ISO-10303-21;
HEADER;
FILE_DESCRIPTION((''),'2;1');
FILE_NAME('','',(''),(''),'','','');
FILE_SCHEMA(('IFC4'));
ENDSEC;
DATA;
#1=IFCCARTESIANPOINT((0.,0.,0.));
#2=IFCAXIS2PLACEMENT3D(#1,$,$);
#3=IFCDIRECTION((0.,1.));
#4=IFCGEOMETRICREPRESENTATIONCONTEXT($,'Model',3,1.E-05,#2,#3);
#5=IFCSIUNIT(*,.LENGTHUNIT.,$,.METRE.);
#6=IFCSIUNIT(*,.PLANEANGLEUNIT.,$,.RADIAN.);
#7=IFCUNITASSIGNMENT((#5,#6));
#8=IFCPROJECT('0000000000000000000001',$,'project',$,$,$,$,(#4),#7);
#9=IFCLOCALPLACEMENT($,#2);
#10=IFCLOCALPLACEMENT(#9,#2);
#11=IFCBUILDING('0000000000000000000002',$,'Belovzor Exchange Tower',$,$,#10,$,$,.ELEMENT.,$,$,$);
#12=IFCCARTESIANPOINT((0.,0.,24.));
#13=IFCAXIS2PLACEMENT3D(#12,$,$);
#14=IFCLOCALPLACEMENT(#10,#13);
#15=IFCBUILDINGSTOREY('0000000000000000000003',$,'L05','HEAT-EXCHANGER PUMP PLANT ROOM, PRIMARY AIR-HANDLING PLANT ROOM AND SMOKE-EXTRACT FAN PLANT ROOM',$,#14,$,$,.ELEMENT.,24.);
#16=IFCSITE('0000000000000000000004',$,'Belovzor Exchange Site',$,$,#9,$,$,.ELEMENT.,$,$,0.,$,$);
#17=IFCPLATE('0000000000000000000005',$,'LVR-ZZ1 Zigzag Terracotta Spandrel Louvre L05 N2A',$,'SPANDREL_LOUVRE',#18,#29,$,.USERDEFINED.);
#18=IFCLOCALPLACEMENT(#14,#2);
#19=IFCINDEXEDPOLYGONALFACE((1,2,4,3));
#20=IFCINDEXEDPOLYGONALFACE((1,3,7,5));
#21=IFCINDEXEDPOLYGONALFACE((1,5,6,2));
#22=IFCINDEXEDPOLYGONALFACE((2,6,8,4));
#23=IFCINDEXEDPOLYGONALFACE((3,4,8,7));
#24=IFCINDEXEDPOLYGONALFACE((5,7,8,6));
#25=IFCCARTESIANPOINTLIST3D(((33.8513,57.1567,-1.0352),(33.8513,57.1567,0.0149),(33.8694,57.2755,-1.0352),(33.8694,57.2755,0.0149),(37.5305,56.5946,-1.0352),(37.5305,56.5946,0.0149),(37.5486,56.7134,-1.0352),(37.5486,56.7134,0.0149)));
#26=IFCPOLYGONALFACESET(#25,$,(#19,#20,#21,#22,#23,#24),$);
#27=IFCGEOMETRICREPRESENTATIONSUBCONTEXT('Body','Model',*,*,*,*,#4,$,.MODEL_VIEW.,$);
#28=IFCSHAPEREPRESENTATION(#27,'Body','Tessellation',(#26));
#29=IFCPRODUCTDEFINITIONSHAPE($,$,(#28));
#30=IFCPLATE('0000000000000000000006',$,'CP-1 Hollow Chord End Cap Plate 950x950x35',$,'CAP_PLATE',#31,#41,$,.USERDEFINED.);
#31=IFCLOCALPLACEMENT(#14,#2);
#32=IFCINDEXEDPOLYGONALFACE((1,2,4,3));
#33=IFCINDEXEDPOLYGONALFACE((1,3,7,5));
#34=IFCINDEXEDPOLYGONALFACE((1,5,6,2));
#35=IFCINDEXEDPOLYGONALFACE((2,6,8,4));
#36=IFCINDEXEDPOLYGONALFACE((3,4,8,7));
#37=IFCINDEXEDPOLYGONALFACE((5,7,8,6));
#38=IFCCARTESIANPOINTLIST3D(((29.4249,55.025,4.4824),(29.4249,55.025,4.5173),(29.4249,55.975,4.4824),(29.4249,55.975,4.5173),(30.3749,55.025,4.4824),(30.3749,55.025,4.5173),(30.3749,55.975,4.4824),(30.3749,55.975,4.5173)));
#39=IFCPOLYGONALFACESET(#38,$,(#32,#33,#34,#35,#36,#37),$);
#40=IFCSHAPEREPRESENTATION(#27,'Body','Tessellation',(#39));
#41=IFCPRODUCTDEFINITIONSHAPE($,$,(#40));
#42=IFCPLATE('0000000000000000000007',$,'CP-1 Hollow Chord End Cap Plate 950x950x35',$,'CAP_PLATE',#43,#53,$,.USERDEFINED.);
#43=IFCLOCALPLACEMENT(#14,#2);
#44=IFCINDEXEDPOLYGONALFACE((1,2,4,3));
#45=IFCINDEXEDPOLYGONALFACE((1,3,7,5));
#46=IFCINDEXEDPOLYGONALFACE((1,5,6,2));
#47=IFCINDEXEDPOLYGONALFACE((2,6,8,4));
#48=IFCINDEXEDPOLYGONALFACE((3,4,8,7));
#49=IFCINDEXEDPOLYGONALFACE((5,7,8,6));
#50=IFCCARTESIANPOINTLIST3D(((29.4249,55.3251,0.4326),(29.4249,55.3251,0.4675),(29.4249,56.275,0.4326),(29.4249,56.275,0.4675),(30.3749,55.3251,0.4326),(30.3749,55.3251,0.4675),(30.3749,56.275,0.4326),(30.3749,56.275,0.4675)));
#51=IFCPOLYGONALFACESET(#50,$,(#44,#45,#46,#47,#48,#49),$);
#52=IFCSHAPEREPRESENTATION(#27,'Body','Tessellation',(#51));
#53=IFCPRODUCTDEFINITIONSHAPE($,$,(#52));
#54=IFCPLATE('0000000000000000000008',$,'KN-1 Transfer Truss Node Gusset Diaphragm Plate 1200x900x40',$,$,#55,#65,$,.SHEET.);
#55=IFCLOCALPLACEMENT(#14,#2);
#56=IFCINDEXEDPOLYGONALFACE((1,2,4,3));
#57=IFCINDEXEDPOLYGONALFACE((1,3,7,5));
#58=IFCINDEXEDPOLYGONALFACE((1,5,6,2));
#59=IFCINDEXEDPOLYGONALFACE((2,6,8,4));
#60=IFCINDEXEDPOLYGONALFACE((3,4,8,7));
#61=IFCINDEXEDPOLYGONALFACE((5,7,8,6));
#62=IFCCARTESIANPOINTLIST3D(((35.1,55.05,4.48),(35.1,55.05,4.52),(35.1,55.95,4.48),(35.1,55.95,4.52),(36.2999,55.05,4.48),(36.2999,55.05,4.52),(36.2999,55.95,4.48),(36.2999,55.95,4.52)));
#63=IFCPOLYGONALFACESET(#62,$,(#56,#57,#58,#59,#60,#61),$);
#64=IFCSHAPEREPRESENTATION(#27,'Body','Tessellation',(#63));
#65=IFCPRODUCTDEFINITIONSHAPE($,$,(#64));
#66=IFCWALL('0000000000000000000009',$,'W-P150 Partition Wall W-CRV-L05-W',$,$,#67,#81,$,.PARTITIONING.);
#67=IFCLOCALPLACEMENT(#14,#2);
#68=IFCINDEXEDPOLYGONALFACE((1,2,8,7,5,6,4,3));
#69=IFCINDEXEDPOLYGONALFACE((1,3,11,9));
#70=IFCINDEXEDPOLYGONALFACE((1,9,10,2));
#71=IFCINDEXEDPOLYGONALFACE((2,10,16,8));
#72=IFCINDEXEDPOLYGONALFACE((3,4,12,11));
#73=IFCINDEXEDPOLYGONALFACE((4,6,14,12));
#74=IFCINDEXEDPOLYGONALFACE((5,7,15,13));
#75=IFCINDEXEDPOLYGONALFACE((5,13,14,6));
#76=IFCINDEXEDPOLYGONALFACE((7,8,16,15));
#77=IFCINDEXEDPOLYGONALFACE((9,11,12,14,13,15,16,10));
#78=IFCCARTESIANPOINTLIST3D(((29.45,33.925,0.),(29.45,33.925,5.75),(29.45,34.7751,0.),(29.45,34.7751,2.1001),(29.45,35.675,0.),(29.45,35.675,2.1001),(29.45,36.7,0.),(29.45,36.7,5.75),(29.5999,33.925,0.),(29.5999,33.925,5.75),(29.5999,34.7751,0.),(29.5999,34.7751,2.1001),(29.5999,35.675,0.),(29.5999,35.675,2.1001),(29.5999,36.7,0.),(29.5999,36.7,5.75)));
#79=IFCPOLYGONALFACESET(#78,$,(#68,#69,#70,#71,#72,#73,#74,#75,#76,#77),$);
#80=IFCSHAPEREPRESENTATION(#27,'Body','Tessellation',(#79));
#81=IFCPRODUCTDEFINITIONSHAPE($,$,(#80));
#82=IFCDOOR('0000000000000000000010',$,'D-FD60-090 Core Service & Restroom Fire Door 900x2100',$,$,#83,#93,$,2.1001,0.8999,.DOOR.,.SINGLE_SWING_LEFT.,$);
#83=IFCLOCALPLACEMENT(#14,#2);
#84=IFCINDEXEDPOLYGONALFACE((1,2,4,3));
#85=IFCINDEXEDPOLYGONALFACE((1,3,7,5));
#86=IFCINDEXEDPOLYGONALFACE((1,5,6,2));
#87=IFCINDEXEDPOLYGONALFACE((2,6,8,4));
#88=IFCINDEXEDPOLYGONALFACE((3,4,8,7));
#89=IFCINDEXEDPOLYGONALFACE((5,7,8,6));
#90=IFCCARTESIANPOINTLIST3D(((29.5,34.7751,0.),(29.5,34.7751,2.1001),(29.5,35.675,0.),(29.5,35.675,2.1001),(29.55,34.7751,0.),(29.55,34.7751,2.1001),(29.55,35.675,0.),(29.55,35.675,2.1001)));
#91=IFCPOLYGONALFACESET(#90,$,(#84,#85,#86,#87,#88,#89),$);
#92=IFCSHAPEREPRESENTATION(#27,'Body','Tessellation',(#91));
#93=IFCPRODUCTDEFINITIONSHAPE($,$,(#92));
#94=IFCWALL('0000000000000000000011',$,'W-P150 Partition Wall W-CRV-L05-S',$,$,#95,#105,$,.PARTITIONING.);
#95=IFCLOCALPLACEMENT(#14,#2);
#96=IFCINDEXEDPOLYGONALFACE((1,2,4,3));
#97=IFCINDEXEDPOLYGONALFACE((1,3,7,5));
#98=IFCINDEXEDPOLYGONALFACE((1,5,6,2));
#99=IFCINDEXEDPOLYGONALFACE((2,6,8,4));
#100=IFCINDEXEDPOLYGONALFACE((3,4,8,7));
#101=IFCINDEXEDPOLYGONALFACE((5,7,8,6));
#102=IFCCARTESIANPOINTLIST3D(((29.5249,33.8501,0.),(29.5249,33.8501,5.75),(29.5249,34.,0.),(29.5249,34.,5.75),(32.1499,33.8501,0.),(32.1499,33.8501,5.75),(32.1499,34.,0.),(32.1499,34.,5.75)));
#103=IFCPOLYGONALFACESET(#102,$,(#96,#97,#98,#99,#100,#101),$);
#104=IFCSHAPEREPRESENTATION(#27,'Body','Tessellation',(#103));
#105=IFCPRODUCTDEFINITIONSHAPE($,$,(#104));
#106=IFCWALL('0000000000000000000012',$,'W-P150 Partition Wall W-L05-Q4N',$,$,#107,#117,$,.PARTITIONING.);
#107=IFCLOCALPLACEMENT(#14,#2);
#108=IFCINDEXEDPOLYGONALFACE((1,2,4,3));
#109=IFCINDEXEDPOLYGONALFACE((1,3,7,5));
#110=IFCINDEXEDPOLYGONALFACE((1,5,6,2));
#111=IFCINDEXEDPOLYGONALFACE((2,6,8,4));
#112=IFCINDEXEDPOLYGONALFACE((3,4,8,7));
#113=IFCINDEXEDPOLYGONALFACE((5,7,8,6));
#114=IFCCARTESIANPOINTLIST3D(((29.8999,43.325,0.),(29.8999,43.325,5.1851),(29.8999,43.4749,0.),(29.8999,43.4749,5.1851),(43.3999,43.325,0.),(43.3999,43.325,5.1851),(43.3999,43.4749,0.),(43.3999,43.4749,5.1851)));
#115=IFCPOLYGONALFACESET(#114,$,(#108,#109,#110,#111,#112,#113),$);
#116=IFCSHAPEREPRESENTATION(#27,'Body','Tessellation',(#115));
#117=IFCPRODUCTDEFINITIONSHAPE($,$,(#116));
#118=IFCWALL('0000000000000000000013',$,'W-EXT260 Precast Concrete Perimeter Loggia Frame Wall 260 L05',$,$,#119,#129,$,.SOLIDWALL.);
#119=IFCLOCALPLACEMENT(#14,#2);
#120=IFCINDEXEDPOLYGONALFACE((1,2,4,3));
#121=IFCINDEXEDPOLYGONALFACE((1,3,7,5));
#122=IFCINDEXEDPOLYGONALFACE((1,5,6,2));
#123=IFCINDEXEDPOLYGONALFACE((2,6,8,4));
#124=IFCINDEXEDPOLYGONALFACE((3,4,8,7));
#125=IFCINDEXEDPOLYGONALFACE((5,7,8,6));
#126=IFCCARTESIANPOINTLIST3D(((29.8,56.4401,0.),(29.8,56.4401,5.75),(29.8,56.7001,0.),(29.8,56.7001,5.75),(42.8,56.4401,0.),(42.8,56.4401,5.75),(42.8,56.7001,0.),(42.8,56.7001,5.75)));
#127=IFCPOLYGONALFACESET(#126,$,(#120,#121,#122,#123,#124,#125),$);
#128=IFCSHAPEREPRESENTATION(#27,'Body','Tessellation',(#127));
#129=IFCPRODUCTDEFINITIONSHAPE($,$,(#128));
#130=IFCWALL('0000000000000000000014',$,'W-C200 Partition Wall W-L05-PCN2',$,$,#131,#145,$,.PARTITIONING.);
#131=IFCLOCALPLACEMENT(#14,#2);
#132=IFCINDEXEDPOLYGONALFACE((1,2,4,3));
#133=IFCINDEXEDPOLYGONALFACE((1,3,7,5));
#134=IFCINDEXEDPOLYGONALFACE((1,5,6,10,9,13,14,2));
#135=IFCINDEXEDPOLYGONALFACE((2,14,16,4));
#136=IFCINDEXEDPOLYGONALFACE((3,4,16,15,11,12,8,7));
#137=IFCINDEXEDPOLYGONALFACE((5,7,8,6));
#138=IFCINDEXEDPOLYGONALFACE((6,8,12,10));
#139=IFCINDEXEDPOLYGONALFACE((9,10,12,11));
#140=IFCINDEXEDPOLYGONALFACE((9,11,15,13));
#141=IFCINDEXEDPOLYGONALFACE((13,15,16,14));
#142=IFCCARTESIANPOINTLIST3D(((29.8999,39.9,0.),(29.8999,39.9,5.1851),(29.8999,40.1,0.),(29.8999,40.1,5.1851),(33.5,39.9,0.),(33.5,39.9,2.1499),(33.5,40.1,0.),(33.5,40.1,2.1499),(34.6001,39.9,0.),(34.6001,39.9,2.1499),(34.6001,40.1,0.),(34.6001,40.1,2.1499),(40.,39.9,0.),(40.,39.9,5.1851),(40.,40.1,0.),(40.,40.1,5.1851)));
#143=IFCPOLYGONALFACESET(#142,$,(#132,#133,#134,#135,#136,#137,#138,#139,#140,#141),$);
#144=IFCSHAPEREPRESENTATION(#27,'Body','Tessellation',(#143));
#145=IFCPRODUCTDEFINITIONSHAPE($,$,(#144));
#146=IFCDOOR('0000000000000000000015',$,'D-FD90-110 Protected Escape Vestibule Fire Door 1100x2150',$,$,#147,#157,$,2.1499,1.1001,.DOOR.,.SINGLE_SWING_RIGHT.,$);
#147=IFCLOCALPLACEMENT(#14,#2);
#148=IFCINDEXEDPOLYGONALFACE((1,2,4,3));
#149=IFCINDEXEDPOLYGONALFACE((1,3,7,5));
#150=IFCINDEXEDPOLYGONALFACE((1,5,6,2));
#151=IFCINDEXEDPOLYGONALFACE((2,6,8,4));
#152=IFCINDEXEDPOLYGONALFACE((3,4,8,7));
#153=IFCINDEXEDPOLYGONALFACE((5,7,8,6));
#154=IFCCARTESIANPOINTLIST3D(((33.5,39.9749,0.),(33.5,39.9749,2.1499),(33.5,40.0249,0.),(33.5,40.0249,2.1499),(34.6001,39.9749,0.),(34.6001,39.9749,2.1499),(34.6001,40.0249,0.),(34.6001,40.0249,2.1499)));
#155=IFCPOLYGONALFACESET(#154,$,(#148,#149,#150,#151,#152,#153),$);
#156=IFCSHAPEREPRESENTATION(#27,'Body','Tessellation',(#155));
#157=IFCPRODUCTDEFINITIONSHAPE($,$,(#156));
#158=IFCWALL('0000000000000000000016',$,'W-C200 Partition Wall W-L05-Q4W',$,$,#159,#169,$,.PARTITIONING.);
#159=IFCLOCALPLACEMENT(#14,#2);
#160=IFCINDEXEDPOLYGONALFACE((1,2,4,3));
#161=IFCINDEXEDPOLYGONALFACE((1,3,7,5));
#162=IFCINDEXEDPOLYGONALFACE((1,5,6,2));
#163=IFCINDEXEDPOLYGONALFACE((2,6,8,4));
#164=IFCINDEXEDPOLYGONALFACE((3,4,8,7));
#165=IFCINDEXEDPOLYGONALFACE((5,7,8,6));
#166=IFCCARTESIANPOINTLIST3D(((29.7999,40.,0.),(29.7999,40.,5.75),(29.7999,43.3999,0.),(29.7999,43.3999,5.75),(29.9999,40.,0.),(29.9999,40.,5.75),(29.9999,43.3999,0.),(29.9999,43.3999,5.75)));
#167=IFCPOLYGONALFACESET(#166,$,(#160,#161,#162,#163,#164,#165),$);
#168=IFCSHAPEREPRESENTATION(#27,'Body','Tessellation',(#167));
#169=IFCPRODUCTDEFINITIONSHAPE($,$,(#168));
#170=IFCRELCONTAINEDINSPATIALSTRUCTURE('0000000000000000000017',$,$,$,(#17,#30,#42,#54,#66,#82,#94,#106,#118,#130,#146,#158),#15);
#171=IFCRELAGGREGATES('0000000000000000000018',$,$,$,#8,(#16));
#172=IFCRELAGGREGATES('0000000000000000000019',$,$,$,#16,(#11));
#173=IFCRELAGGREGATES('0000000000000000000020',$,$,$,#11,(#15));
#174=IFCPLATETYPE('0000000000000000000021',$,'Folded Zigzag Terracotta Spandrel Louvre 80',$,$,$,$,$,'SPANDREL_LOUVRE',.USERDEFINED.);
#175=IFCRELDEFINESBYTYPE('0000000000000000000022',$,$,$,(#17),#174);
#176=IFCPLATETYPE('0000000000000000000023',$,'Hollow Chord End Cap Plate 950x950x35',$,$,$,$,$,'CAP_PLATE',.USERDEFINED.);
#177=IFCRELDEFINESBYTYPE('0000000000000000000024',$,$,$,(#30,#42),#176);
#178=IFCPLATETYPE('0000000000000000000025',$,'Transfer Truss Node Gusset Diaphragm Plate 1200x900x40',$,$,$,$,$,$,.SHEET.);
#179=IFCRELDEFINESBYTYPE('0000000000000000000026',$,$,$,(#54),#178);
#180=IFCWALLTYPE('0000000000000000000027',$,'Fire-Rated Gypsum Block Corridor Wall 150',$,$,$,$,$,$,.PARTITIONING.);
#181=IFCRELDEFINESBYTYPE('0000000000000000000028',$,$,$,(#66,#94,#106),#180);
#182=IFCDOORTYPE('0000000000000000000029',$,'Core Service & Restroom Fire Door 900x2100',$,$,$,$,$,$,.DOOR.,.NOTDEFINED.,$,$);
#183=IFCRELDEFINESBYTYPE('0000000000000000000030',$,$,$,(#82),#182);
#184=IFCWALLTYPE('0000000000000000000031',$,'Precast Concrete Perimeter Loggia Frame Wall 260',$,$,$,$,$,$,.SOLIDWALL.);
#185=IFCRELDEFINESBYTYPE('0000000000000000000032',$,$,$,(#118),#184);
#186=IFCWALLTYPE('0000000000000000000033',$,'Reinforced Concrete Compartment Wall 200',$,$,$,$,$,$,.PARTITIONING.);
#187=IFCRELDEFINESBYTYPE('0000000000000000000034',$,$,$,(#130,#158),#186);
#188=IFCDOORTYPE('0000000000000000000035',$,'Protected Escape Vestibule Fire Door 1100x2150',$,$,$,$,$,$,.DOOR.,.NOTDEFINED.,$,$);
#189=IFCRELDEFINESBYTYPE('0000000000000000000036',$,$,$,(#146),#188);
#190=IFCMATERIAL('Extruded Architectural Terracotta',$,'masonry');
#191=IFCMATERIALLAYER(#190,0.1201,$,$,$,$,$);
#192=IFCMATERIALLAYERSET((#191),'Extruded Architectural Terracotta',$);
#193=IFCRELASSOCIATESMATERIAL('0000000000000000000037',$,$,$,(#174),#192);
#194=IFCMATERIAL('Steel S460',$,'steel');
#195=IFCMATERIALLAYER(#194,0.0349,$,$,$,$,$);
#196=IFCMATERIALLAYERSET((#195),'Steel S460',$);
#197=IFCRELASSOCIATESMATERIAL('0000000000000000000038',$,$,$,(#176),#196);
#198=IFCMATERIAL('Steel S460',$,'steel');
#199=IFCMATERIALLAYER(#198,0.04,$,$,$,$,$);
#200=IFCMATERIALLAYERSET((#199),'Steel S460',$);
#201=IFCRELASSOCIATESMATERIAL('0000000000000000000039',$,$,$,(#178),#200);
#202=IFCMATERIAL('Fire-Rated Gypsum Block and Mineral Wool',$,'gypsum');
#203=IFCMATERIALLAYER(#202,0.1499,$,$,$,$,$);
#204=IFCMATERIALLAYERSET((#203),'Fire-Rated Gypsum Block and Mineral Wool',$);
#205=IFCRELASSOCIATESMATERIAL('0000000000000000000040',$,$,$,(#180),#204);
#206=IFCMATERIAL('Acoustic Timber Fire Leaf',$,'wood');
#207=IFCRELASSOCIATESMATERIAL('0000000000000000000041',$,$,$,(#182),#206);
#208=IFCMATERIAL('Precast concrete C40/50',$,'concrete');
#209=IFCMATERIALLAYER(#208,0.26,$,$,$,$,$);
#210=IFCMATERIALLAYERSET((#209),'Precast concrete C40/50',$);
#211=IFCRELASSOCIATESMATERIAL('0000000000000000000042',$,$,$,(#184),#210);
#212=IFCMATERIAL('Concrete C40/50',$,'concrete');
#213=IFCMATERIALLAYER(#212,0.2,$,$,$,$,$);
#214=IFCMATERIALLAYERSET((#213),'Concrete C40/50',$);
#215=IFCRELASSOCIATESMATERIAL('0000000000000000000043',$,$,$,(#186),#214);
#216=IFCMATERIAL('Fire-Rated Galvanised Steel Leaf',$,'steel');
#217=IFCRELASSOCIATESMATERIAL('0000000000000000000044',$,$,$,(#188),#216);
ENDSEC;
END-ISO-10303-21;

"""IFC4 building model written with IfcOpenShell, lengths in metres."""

from ifc_helpers import new_model, si_unit, direction, frame, frame_2d, origin, origin_2d, place, context, subcontext, project, spatial, rectangle, extrude, material, layer, layer_set, type_object, element, fill, save


model = new_model("IFC4")

# Units and contexts
model_context = context("Model", 3, precision=1e-05, world=origin(), true_north=direction((0.0, 1.0)))
body_context = subcontext(model_context, "Body", "Model", "MODEL_VIEW")
ifc_project = project(units=[si_unit("LENGTHUNIT", "METRE"), si_unit("PLANEANGLEUNIT", "RADIAN")], contexts=[model_context])

# Site, building, storey
site_placement = place(None, origin())
site = spatial("IfcSite", under=ifc_project, at=site_placement, Name="Belovzor Exchange Site", CompositionType="ELEMENT", RefElevation=0.0)
building_placement = place(site_placement, origin())
building = spatial("IfcBuilding", under=site, at=building_placement, Name="Belovzor Exchange Tower", CompositionType="ELEMENT")
storey_placement = place(building_placement, frame((0.0, 0.0, 24.0)))
storey = spatial("IfcBuildingStorey", under=building, at=storey_placement, Name="L05", Description="HEAT-EXCHANGER PUMP PLANT ROOM, PRIMARY AIR-HANDLING PLANT ROOM AND SMOKE-EXTRACT FAN PLANT ROOM", CompositionType="ELEMENT", Elevation=24.0)

# Plates
ifc_material_1 = material(Name="Extruded Architectural Terracotta", Category="masonry")
ifc_layer_1 = layer(ifc_material_1, 0.1201)
ifc_layer_set_1 = layer_set([ifc_layer_1], Name="Extruded Architectural Terracotta")
plate_type_1 = type_object("IfcPlateType", Name="Folded Zigzag Terracotta Spandrel Louvre 80", ElementType="SPANDREL_LOUVRE", PredefinedType="USERDEFINED", material=ifc_layer_set_1)
plate_1_placement = place(storey_placement, frame((35.7, 56.9351, -1.0352), z_axis=(0.0, 0.0, 1.0), x_axis=(0.988531, -0.151019, 0.0)))
element("IfcPlate", 1, at=plate_1_placement, inside=storey, type_object=plate_type_1, Name="LVR-ZZ1 Zigzag Terracotta Spandrel Louvre L05 N2A", ObjectType="SPANDREL_LOUVRE", PredefinedType="USERDEFINED", context=body_context, shape_type="SweptSolid", body=[
    extrude(rectangle(XDim=3.7219, YDim=0.1201, at=origin_2d()), origin(), (0.0, 0.0, 1.0), 1.05),
])
ifc_material_2 = material(Name="Steel S460", Category="steel")
ifc_layer_2 = layer(ifc_material_2, 0.0349)
ifc_layer_set_2 = layer_set([ifc_layer_2], Name="Steel S460")
plate_type_2 = type_object("IfcPlateType", Name="Hollow Chord End Cap Plate 950x950x35", ElementType="CAP_PLATE", PredefinedType="USERDEFINED", material=ifc_layer_set_2)
for number, where, z_axis, x_axis, name in (
    (2, (29.8999, 55.5, 4.4824), (0.0, 0.0, 1.0), (1.0, 0.0, 0.0), "CP-1 Hollow Chord End Cap Plate 950x950x35"),
    (3, (29.8999, 55.8, 0.4326), (0.0, 0.0, 1.0), (1.0, 0.0, 0.0), "CP-1 Hollow Chord End Cap Plate 950x950x35"),
):
    element("IfcPlate", number, at=place(storey_placement, frame(where, z_axis=z_axis, x_axis=x_axis)), inside=storey, type_object=plate_type_2, Name=name, ObjectType="CAP_PLATE", PredefinedType="USERDEFINED", context=body_context, shape_type="SweptSolid", body=[
        extrude(rectangle(XDim=0.95, YDim=0.95, at=origin_2d()), origin(), (0.0, 0.0, 1.0), 0.0349),
    ])
ifc_material_3 = material(Name="Steel S460", Category="steel")
ifc_layer_3 = layer(ifc_material_3, 0.04)
ifc_layer_set_3 = layer_set([ifc_layer_3], Name="Steel S460")
plate_type_3 = type_object("IfcPlateType", Name="Transfer Truss Node Gusset Diaphragm Plate 1200x900x40", PredefinedType="SHEET", material=ifc_layer_set_3)
plate_2_placement = place(storey_placement, frame((35.7, 55.5, 4.48), z_axis=(0.0, 0.0, 1.0), x_axis=(1.0, 0.0, 0.0)))
element("IfcPlate", 4, at=plate_2_placement, inside=storey, type_object=plate_type_3, Name="KN-1 Transfer Truss Node Gusset Diaphragm Plate 1200x900x40", PredefinedType="SHEET", context=body_context, shape_type="SweptSolid", body=[
    extrude(rectangle(XDim=1.2, YDim=0.8999, at=origin_2d()), origin(), (0.0, 0.0, 1.0), 0.04),
])

# Wall, opening, door
ifc_material_4 = material(Name="Fire-Rated Gypsum Block and Mineral Wool", Category="gypsum")
ifc_layer_4 = layer(ifc_material_4, 0.1499)
ifc_layer_set_4 = layer_set([ifc_layer_4], Name="Fire-Rated Gypsum Block and Mineral Wool")
wall_type_1 = type_object("IfcWallType", Name="Fire-Rated Gypsum Block Corridor Wall 150", PredefinedType="PARTITIONING", material=ifc_layer_set_4)
wall_1_placement = place(storey_placement, frame((29.5249, 33.925, 0.0), z_axis=(0.0, 0.0, 1.0), x_axis=(0.0, 1.0, 0.0)))
wall_1 = element("IfcWall", 5, at=wall_1_placement, inside=storey, type_object=wall_type_1, Name="W-P150 Partition Wall W-CRV-L05-W", PredefinedType="PARTITIONING", context=body_context, shape_type="SweptSolid", body=[
    extrude(rectangle(XDim=2.7749, YDim=0.1499, at=frame_2d((1.3875, 0.0))), origin(), (0.0, 0.0, 1.0), 5.75),
])
opening_1_placement = place(wall_1_placement, frame((0.8501, 0.0, 0.0)))
opening_1 = element("IfcOpeningElement", 6, at=opening_1_placement, cuts=wall_1, PredefinedType="OPENING", context=body_context, shape_type="SweptSolid", body=[
    extrude(rectangle(XDim=0.8999, YDim=2.1001, at=frame_2d((0.45, 1.05))), frame((0.0, 0.085, 0.0), z_axis=(0.0, -1.0, 0.0), x_axis=(1.0, 0.0, 0.0)), (0.0, 0.0, 1.0), 0.1699),
])
ifc_material_5 = material(Name="Acoustic Timber Fire Leaf", Category="wood")
door_type_1 = type_object("IfcDoorType", Name="Core Service & Restroom Fire Door 900x2100", OperationType="NOTDEFINED", PredefinedType="DOOR", material=ifc_material_5)
door_1_placement = place(opening_1_placement, origin())
door_1 = element("IfcDoor", 7, at=door_1_placement, inside=storey, type_object=door_type_1, Name="D-FD60-090 Core Service & Restroom Fire Door 900x2100", OperationType="SINGLE_SWING_LEFT", OverallHeight=2.1001, OverallWidth=0.8999, PredefinedType="DOOR", context=body_context, shape_type="SweptSolid", body=[
    extrude(rectangle(XDim=0.8999, YDim=2.1001, at=frame_2d((0.45, 1.05))), frame((0.0, 0.0249, 0.0), z_axis=(0.0, -1.0, 0.0), x_axis=(1.0, 0.0, 0.0)), (0.0, 0.0, 1.0), 0.05),
])
fill(opening_1, door_1)

# Walls
wall_2_placement = place(storey_placement, frame((29.5249, 33.925, 0.0), z_axis=(0.0, 0.0, 1.0), x_axis=(1.0, 0.0, 0.0)))
element("IfcWall", 8, at=wall_2_placement, inside=storey, type_object=wall_type_1, Name="W-P150 Partition Wall W-CRV-L05-S", PredefinedType="PARTITIONING", context=body_context, shape_type="SweptSolid", body=[
    extrude(rectangle(XDim=2.625, YDim=0.1499, at=frame_2d((1.3125, 0.0))), origin(), (0.0, 0.0, 1.0), 5.75),
])
wall_3_placement = place(storey_placement, frame((29.8999, 43.3999, 0.0), z_axis=(0.0, 0.0, 1.0), x_axis=(1.0, 0.0, 0.0)))
element("IfcWall", 9, at=wall_3_placement, inside=storey, type_object=wall_type_1, Name="W-P150 Partition Wall W-L05-Q4N", PredefinedType="PARTITIONING", context=body_context, shape_type="SweptSolid", body=[
    extrude(rectangle(XDim=13.5, YDim=0.1499, at=frame_2d((6.75, 0.0))), origin(), (0.0, 0.0, 1.0), 5.1851),
])
ifc_material_6 = material(Name="Precast concrete C40/50", Category="concrete")
ifc_layer_5 = layer(ifc_material_6, 0.26)
ifc_layer_set_5 = layer_set([ifc_layer_5], Name="Precast concrete C40/50")
wall_type_2 = type_object("IfcWallType", Name="Precast Concrete Perimeter Loggia Frame Wall 260", PredefinedType="SOLIDWALL", material=ifc_layer_set_5)
wall_4_placement = place(storey_placement, frame((29.8, 56.5701, 0.0), z_axis=(0.0, 0.0, 1.0), x_axis=(1.0, 0.0, 0.0)))
element("IfcWall", 10, at=wall_4_placement, inside=storey, type_object=wall_type_2, Name="W-EXT260 Precast Concrete Perimeter Loggia Frame Wall 260 L05", PredefinedType="SOLIDWALL", context=body_context, shape_type="SweptSolid", body=[
    extrude(rectangle(XDim=13.0, YDim=0.26, at=frame_2d((6.5, 0.0))), origin(), (0.0, 0.0, 1.0), 5.75),
])

# Wall, opening, door
ifc_material_7 = material(Name="Concrete C40/50", Category="concrete")
ifc_layer_6 = layer(ifc_material_7, 0.2)
ifc_layer_set_6 = layer_set([ifc_layer_6], Name="Concrete C40/50")
wall_type_3 = type_object("IfcWallType", Name="Reinforced Concrete Compartment Wall 200", PredefinedType="PARTITIONING", material=ifc_layer_set_6)
wall_5_placement = place(storey_placement, frame((29.8999, 40.0, 0.0), z_axis=(0.0, 0.0, 1.0), x_axis=(1.0, 0.0, 0.0)))
wall_5 = element("IfcWall", 11, at=wall_5_placement, inside=storey, type_object=wall_type_3, Name="W-C200 Partition Wall W-L05-PCN2", PredefinedType="PARTITIONING", context=body_context, shape_type="SweptSolid", body=[
    extrude(rectangle(XDim=10.1001, YDim=0.2, at=frame_2d((5.05, 0.0))), origin(), (0.0, 0.0, 1.0), 5.1851),
])
opening_2_placement = place(wall_5_placement, frame((3.6001, 0.0, 0.0)))
opening_2 = element("IfcOpeningElement", 12, at=opening_2_placement, cuts=wall_5, PredefinedType="OPENING", context=body_context, shape_type="SweptSolid", body=[
    extrude(rectangle(XDim=1.1001, YDim=2.1499, at=frame_2d((0.55, 1.075))), frame((0.0, 0.1099, 0.0), z_axis=(0.0, -1.0, 0.0), x_axis=(1.0, 0.0, 0.0)), (0.0, 0.0, 1.0), 0.22),
])
ifc_material_8 = material(Name="Fire-Rated Galvanised Steel Leaf", Category="steel")
door_type_2 = type_object("IfcDoorType", Name="Protected Escape Vestibule Fire Door 1100x2150", OperationType="NOTDEFINED", PredefinedType="DOOR", material=ifc_material_8)
door_2_placement = place(opening_2_placement, origin())
door_2 = element("IfcDoor", 13, at=door_2_placement, inside=storey, type_object=door_type_2, Name="D-FD90-110 Protected Escape Vestibule Fire Door 1100x2150", OperationType="SINGLE_SWING_RIGHT", OverallHeight=2.1499, OverallWidth=1.1001, PredefinedType="DOOR", context=body_context, shape_type="SweptSolid", body=[
    extrude(rectangle(XDim=1.1001, YDim=2.1499, at=frame_2d((0.55, 1.075))), frame((0.0, 0.0249, 0.0), z_axis=(0.0, -1.0, 0.0), x_axis=(1.0, 0.0, 0.0)), (0.0, 0.0, 1.0), 0.05),
])
fill(opening_2, door_2)

# Wall
wall_6_placement = place(storey_placement, frame((29.8999, 40.0, 0.0), z_axis=(0.0, 0.0, 1.0), x_axis=(0.0, 1.0, 0.0)))
element("IfcWall", 14, at=wall_6_placement, inside=storey, type_object=wall_type_3, Name="W-C200 Partition Wall W-L05-Q4W", PredefinedType="PARTITIONING", context=body_context, shape_type="SweptSolid", body=[
    extrude(rectangle(XDim=3.3999, YDim=0.2, at=frame_2d((1.7, 0.0))), origin(), (0.0, 0.0, 1.0), 5.75),
])

save(model, "model.ifc")
